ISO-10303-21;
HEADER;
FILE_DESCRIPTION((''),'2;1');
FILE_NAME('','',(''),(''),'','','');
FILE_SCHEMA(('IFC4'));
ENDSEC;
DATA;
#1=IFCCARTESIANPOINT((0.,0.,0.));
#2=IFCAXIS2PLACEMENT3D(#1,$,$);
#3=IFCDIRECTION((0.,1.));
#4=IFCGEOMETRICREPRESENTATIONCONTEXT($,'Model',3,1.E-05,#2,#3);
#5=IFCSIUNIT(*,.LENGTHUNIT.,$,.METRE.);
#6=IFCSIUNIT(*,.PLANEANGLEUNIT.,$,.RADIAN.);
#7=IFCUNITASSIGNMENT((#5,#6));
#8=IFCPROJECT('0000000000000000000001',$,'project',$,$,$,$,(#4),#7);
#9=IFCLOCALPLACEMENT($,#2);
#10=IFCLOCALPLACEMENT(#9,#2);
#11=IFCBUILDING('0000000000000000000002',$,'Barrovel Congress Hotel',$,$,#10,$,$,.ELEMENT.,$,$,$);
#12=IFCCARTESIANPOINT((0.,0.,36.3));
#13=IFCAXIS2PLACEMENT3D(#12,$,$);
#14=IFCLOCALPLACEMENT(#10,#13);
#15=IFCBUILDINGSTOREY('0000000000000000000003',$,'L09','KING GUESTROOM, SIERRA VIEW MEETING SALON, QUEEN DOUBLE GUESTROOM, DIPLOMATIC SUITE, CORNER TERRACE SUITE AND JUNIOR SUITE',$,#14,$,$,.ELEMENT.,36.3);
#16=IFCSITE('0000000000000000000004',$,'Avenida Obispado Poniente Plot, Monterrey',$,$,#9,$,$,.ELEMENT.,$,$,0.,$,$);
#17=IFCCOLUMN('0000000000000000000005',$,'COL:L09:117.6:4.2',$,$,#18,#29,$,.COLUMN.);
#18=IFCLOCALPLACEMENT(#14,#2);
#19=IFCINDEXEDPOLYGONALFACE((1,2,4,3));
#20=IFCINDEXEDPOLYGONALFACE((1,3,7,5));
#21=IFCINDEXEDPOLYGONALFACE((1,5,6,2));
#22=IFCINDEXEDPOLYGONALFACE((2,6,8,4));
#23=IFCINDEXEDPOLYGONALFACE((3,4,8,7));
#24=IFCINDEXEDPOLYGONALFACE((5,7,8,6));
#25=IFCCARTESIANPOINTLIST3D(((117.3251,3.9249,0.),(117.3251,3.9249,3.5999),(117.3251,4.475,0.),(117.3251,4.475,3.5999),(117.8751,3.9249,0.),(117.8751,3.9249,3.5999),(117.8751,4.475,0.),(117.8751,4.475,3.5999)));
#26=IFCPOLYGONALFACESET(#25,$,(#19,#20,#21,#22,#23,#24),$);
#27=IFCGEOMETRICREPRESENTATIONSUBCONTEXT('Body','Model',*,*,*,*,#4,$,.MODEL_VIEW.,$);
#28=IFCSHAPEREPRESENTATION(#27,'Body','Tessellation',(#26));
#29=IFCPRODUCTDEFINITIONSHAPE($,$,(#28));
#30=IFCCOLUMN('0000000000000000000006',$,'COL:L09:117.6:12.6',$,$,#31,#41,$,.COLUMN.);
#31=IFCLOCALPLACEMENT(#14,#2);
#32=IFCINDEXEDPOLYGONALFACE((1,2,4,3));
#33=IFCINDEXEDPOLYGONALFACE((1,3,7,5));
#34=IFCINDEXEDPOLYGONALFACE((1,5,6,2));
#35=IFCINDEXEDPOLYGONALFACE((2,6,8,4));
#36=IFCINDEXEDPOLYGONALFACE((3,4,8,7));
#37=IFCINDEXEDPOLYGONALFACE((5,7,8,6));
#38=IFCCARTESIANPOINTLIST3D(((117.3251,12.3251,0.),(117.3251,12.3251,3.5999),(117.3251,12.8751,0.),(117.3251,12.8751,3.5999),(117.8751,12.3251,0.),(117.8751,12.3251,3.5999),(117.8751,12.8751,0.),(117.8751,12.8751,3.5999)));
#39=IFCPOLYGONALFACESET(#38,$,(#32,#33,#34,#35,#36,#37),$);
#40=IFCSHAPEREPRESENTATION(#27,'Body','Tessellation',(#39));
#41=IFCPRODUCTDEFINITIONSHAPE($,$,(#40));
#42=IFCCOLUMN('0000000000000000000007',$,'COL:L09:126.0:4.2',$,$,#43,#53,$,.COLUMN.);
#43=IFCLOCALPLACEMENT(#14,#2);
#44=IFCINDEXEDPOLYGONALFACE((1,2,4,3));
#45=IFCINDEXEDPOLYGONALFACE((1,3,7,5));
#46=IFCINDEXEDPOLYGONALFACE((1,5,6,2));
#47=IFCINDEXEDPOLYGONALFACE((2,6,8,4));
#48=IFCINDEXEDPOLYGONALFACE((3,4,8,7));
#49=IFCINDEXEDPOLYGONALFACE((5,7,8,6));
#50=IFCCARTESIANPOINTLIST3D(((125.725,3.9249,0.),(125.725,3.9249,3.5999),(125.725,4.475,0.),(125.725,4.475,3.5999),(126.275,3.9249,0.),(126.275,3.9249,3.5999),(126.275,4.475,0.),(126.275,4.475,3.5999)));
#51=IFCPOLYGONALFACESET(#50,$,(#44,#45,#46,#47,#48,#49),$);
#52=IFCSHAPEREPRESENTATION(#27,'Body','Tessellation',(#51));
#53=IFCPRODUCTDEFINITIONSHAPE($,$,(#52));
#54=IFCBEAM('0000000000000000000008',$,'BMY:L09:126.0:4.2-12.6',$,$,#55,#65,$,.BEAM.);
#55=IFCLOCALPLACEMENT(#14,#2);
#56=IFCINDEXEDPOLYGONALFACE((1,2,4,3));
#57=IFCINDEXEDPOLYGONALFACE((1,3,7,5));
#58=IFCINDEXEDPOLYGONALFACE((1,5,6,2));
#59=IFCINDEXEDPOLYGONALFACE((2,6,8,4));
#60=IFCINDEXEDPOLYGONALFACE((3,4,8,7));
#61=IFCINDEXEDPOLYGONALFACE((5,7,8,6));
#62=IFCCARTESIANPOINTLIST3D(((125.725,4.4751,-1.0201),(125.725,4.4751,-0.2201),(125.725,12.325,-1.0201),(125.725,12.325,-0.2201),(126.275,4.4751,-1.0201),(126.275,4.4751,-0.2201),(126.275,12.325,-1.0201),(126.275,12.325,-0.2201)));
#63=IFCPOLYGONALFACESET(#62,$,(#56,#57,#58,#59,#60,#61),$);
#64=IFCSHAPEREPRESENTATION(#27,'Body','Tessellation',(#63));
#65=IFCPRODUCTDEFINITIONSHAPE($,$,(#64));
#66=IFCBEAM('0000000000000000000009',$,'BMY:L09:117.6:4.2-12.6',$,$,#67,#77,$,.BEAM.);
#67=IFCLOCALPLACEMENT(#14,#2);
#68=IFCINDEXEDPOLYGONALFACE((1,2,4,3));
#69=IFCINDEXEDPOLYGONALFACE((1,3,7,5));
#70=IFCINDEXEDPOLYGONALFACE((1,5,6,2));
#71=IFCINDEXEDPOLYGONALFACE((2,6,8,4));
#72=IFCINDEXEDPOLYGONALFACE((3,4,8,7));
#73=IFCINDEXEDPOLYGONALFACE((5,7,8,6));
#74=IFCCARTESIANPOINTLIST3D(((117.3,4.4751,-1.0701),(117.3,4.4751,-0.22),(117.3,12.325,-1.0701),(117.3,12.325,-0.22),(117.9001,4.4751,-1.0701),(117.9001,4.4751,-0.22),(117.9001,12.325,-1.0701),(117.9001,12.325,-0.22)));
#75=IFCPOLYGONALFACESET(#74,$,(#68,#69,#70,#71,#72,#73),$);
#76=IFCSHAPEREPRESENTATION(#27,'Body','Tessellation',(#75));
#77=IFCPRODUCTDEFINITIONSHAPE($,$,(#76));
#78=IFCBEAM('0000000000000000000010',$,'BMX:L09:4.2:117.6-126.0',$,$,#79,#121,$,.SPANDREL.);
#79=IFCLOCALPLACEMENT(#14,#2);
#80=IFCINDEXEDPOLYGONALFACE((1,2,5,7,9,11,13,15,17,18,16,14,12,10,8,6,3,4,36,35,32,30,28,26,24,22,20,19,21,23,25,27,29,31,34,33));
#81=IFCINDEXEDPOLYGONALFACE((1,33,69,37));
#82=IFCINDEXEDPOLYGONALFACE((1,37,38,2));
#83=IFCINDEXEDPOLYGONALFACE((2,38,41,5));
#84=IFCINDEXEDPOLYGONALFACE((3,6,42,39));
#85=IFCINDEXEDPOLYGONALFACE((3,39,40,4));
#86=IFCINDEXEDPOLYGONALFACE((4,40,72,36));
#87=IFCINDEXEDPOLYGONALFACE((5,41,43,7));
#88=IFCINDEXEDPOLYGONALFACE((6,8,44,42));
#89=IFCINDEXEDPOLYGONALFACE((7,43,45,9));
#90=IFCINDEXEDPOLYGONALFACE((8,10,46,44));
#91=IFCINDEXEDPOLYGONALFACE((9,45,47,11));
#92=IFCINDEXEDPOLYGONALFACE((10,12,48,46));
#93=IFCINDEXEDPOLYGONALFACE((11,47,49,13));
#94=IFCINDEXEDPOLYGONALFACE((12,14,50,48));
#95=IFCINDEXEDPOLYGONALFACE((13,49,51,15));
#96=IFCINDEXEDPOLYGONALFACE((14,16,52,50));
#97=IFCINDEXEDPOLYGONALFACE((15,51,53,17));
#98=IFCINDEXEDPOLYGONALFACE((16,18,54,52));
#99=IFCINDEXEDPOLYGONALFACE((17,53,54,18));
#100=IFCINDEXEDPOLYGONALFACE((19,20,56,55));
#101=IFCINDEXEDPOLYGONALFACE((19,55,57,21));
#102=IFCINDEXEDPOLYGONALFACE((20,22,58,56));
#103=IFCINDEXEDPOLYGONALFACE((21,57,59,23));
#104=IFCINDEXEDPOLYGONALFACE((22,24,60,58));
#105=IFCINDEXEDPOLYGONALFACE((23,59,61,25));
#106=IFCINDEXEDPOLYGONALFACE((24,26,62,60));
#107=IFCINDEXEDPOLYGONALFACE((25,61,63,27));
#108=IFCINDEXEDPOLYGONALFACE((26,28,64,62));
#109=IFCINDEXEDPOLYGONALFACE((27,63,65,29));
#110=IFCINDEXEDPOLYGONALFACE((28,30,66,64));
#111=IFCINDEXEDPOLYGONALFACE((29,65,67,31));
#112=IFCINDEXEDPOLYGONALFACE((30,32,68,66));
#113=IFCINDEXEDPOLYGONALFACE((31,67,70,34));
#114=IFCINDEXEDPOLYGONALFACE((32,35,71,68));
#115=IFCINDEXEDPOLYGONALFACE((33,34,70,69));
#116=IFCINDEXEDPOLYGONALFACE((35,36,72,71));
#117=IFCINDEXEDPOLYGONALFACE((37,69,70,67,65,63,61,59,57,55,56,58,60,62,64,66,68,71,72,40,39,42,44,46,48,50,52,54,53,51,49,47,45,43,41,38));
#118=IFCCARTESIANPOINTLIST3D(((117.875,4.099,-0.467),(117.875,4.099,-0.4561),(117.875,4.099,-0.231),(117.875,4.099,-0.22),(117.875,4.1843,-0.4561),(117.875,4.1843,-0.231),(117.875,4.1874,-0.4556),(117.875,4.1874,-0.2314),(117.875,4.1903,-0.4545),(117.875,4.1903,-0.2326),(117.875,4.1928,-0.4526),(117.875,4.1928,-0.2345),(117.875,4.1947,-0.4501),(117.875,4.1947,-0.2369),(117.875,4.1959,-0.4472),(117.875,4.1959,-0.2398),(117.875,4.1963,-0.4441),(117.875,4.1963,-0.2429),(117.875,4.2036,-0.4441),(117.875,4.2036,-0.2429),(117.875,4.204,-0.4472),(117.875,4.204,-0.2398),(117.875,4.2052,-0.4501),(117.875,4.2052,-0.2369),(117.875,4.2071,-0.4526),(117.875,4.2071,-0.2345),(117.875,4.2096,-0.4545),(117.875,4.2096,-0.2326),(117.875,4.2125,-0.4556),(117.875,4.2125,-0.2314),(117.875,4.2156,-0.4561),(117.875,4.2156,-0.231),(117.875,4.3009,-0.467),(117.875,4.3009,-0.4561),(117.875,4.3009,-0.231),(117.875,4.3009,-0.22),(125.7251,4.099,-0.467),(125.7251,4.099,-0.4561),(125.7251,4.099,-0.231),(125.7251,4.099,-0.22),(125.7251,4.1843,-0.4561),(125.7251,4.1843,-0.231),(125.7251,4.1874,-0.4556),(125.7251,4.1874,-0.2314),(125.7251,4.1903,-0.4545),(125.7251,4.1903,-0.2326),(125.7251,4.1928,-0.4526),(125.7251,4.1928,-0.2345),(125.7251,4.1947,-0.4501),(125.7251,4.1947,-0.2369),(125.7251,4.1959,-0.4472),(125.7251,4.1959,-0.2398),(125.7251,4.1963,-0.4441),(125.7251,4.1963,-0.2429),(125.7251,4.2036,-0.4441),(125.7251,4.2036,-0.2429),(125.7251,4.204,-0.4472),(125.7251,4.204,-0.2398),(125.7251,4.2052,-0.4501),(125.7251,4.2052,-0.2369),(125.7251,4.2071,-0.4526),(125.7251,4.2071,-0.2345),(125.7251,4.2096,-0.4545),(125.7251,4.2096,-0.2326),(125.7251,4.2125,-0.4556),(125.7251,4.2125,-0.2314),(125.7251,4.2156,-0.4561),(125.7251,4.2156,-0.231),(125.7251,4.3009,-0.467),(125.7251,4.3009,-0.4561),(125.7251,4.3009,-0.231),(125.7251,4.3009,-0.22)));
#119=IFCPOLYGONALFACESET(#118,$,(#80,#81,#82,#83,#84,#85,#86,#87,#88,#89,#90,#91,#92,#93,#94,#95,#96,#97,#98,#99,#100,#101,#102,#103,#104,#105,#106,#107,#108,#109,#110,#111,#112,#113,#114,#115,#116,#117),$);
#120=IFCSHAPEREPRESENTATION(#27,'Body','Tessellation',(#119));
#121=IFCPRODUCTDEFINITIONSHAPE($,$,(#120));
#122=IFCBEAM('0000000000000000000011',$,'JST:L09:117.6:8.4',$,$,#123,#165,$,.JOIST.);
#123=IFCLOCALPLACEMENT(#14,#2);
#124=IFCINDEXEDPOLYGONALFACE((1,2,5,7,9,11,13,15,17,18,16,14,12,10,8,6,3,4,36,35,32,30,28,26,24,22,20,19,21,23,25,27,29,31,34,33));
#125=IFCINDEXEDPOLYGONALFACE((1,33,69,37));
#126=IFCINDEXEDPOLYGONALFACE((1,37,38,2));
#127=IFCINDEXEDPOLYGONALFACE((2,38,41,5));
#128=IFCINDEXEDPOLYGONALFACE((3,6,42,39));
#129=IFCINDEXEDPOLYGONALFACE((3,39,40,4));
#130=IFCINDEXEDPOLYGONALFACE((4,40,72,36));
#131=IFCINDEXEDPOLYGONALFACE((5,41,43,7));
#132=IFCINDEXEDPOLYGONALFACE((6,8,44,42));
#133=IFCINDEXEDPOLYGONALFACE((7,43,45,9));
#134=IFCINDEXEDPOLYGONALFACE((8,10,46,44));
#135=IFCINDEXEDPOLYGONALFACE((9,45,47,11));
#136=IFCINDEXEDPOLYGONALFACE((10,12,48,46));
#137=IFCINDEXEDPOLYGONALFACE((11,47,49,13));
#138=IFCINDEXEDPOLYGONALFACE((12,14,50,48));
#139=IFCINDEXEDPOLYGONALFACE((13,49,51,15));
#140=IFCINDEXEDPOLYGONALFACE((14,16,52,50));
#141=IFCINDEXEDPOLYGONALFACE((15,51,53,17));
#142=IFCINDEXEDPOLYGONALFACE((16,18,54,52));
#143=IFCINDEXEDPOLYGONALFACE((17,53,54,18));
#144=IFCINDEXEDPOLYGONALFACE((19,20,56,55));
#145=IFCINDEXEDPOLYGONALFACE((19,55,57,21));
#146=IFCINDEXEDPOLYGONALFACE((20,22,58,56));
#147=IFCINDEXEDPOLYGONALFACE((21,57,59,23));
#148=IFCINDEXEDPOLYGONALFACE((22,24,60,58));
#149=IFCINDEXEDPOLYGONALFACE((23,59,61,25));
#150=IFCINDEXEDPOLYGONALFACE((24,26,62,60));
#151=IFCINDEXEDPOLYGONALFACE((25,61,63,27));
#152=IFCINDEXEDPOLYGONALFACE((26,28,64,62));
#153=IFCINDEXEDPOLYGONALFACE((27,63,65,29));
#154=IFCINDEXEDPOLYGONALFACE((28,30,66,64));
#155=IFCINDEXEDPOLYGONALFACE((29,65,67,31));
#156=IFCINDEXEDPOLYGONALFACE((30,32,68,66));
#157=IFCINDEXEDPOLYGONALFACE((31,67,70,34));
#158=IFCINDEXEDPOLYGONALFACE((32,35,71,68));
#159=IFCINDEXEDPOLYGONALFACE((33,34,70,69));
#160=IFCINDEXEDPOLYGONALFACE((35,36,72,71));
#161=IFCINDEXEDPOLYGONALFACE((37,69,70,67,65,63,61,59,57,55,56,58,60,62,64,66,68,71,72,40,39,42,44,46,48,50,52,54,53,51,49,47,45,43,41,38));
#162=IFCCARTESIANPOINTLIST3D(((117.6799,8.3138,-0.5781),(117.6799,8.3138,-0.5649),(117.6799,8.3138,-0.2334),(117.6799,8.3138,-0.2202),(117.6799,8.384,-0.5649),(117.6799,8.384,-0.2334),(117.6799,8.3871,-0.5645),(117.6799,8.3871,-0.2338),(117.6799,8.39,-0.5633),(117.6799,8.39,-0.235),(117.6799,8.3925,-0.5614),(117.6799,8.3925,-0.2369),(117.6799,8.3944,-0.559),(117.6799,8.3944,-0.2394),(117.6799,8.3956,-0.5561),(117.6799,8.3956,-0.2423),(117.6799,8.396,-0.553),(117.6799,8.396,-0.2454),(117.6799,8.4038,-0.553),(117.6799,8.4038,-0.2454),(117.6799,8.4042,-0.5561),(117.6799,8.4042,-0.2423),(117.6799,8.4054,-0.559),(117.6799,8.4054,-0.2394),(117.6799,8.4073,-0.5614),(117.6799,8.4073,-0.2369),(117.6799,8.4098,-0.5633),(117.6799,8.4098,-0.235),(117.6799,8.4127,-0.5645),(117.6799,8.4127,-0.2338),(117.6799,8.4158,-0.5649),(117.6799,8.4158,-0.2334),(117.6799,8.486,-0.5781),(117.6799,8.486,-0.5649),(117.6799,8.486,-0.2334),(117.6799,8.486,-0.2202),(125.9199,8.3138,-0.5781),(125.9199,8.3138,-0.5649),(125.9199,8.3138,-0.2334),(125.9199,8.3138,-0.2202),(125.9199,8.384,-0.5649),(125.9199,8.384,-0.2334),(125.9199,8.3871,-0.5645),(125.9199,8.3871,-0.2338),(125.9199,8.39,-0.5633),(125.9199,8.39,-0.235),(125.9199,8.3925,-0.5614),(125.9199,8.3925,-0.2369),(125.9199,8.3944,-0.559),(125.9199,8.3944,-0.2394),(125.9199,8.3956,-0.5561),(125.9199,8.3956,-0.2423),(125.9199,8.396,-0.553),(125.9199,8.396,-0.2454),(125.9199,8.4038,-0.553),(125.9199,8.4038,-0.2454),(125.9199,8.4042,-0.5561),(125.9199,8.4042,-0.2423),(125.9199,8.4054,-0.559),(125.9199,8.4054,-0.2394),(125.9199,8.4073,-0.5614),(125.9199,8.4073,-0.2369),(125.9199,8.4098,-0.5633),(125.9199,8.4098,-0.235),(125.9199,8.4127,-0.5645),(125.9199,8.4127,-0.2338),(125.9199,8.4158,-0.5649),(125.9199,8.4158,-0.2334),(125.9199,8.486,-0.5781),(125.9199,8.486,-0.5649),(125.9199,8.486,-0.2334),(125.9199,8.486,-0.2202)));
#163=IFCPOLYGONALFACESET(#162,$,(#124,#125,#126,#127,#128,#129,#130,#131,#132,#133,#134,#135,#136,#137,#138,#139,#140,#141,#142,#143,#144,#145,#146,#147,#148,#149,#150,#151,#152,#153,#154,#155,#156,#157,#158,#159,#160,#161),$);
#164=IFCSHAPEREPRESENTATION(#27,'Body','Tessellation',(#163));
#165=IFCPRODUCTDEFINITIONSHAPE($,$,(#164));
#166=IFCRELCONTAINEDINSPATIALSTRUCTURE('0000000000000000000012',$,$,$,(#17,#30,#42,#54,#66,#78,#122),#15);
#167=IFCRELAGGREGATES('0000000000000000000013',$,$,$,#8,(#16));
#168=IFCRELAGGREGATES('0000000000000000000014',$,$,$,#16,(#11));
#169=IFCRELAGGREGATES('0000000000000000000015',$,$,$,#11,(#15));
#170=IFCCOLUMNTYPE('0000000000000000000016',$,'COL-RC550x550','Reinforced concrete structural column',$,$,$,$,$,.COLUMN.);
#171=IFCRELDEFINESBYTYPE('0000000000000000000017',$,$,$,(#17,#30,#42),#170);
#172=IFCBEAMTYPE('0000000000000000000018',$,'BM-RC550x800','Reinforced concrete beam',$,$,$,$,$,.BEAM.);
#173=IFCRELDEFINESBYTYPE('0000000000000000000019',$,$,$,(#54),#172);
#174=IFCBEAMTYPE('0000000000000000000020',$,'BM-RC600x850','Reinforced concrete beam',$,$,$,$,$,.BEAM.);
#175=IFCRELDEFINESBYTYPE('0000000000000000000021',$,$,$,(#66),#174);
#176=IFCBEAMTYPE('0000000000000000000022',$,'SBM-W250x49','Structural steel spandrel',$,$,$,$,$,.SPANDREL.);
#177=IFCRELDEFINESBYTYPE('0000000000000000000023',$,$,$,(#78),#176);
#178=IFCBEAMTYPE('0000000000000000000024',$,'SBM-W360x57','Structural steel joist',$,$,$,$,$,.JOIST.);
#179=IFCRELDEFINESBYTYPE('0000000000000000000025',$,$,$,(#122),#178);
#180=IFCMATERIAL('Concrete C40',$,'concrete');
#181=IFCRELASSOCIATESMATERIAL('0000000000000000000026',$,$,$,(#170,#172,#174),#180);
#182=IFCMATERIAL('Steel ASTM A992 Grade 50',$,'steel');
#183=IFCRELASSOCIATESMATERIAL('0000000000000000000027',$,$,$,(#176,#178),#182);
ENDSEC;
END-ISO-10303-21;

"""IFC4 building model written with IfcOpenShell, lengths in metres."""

from ifc_helpers import new_model, si_unit, direction, frame, origin, origin_2d, place, context, subcontext, project, spatial, rectangle, i_section, extrude, material, material_profile, profile_set, type_object, element, save


model = new_model("IFC4")

# Units and contexts
model_context = context("Model", 3, precision=1e-05, world=origin(), true_north=direction((0.0, 1.0)))
body_context = subcontext(model_context, "Body", "Model", "MODEL_VIEW")
ifc_project = project(units=[si_unit("LENGTHUNIT", "METRE"), si_unit("PLANEANGLEUNIT", "RADIAN")], contexts=[model_context])

# Site, building, storey
site_placement = place(None, origin())
site = spatial("IfcSite", under=ifc_project, at=site_placement, Name="Avenida Obispado Poniente Plot, Monterrey", CompositionType="ELEMENT", RefElevation=0.0)
building_placement = place(site_placement, origin())
building = spatial("IfcBuilding", under=site, at=building_placement, Name="Barrovel Congress Hotel", CompositionType="ELEMENT")
storey_placement = place(building_placement, frame((0.0, 0.0, 36.3)))
storey = spatial("IfcBuildingStorey", under=building, at=storey_placement, Name="L09", Description="KING GUESTROOM, SIERRA VIEW MEETING SALON, QUEEN DOUBLE GUESTROOM, DIPLOMATIC SUITE, CORNER TERRACE SUITE AND JUNIOR SUITE", CompositionType="ELEMENT", Elevation=36.3)

# Columns
ifc_material_1 = material(Name="Concrete C40", Category="concrete")
ifc_material_profile_1 = material_profile(ifc_material_1, rectangle(XDim=0.55, YDim=0.55, at=origin_2d()), Name="RC550x550")
ifc_profile_set_1 = profile_set([ifc_material_profile_1], Name="Concrete C40")
column_type = type_object("IfcColumnType", Name="COL-RC550x550", Description="Reinforced concrete structural column", PredefinedType="COLUMN", material=ifc_profile_set_1)
for number, where, z_axis, x_axis, name in (
    (1, (117.6001, 4.2, 0.0), (0.0, 0.0, 1.0), (1.0, 0.0, 0.0), "COL:L09:117.6:4.2"),
    (2, (117.6001, 12.6001, 0.0), (0.0, 0.0, 1.0), (1.0, 0.0, 0.0), "COL:L09:117.6:12.6"),
    (3, (126.0, 4.2, 0.0), (0.0, 0.0, 1.0), (1.0, 0.0, 0.0), "COL:L09:126.0:4.2"),
):
    element("IfcColumn", number, at=place(storey_placement, frame(where, z_axis=z_axis, x_axis=x_axis)), inside=storey, type_object=column_type, Name=name, PredefinedType="COLUMN", context=body_context, shape_type="SweptSolid", body=[
        extrude(rectangle(XDim=0.55, YDim=0.55, at=origin_2d()), origin(), (0.0, 0.0, 1.0), 3.5999),
    ])

# Beams
ifc_material_profile_2 = material_profile(ifc_material_1, rectangle(XDim=0.55, YDim=0.8, at=origin_2d()), Name="RC550x800")
ifc_profile_set_2 = profile_set([ifc_material_profile_2], Name="Concrete C40")
beam_type_1 = type_object("IfcBeamType", Name="BM-RC550x800", Description="Reinforced concrete beam", PredefinedType="BEAM", material=ifc_profile_set_2)
beam_1_placement = place(storey_placement, frame((126.0, 4.4751, -0.6201), z_axis=(0.0, 1.0, 0.0), x_axis=(-1.0, 0.0, 0.0)))
element("IfcBeam", 4, at=beam_1_placement, inside=storey, type_object=beam_type_1, Name="BMY:L09:126.0:4.2-12.6", PredefinedType="BEAM", context=body_context, shape_type="SweptSolid", body=[
    extrude(rectangle(XDim=0.55, YDim=0.8, at=origin_2d()), origin(), (0.0, 0.0, 1.0), 7.8499),
])
ifc_material_profile_3 = material_profile(ifc_material_1, rectangle(XDim=0.6001, YDim=0.8501, at=origin_2d()), Name="RC600x850")
ifc_profile_set_3 = profile_set([ifc_material_profile_3], Name="Concrete C40")
beam_type_2 = type_object("IfcBeamType", Name="BM-RC600x850", Description="Reinforced concrete beam", PredefinedType="BEAM", material=ifc_profile_set_3)
beam_2_placement = place(storey_placement, frame((117.6001, 4.4751, -0.645), z_axis=(0.0, 1.0, 0.0), x_axis=(-1.0, 0.0, 0.0)))
element("IfcBeam", 5, at=beam_2_placement, inside=storey, type_object=beam_type_2, Name="BMY:L09:117.6:4.2-12.6", PredefinedType="BEAM", context=body_context, shape_type="SweptSolid", body=[
    extrude(rectangle(XDim=0.6001, YDim=0.8501, at=origin_2d()), origin(), (0.0, 0.0, 1.0), 7.8499),
])
ifc_material_2 = material(Name="Steel ASTM A992 Grade 50", Category="steel")
ifc_material_profile_4 = material_profile(ifc_material_2, i_section(OverallWidth=0.2019, OverallDepth=0.2471, WebThickness=0.0073, FlangeThickness=0.011, FilletRadius=0.012, at=origin_2d()), Name="W250x49")
ifc_profile_set_4 = profile_set([ifc_material_profile_4], Name="Steel ASTM A992 Grade 50")
beam_type_3 = type_object("IfcBeamType", Name="SBM-W250x49", Description="Structural steel spandrel", PredefinedType="SPANDREL", material=ifc_profile_set_4)
beam_3_placement = place(storey_placement, frame((117.875, 4.2, -0.3435), z_axis=(1.0, 0.0, 0.0), x_axis=(0.0, 1.0, 0.0)))
element("IfcBeam", 6, at=beam_3_placement, inside=storey, type_object=beam_type_3, Name="BMX:L09:4.2:117.6-126.0", PredefinedType="SPANDREL", context=body_context, shape_type="SweptSolid", body=[
    extrude(i_section(OverallWidth=0.2019, OverallDepth=0.2471, WebThickness=0.0073, FlangeThickness=0.011, FilletRadius=0.012, at=origin_2d()), origin(), (0.0, 0.0, 1.0), 7.8501),
])
ifc_material_profile_5 = material_profile(ifc_material_2, i_section(OverallWidth=0.1721, OverallDepth=0.3579, WebThickness=0.0078, FlangeThickness=0.0132, FilletRadius=0.012, at=origin_2d()), Name="W360x57")
ifc_profile_set_5 = profile_set([ifc_material_profile_5], Name="Steel ASTM A992 Grade 50")
beam_type_4 = type_object("IfcBeamType", Name="SBM-W360x57", Description="Structural steel joist", PredefinedType="JOIST", material=ifc_profile_set_5)
beam_4_placement = place(storey_placement, frame((117.6799, 8.3999, -0.3992), z_axis=(1.0, 0.0, 0.0), x_axis=(0.0, 1.0, 0.0)))
element("IfcBeam", 7, at=beam_4_placement, inside=storey, type_object=beam_type_4, Name="JST:L09:117.6:8.4", PredefinedType="JOIST", context=body_context, shape_type="SweptSolid", body=[
    extrude(i_section(OverallWidth=0.1721, OverallDepth=0.3579, WebThickness=0.0078, FlangeThickness=0.0132, FilletRadius=0.012, at=origin_2d()), origin(), (0.0, 0.0, 1.0), 8.24),
])

save(model, "model.ifc")
